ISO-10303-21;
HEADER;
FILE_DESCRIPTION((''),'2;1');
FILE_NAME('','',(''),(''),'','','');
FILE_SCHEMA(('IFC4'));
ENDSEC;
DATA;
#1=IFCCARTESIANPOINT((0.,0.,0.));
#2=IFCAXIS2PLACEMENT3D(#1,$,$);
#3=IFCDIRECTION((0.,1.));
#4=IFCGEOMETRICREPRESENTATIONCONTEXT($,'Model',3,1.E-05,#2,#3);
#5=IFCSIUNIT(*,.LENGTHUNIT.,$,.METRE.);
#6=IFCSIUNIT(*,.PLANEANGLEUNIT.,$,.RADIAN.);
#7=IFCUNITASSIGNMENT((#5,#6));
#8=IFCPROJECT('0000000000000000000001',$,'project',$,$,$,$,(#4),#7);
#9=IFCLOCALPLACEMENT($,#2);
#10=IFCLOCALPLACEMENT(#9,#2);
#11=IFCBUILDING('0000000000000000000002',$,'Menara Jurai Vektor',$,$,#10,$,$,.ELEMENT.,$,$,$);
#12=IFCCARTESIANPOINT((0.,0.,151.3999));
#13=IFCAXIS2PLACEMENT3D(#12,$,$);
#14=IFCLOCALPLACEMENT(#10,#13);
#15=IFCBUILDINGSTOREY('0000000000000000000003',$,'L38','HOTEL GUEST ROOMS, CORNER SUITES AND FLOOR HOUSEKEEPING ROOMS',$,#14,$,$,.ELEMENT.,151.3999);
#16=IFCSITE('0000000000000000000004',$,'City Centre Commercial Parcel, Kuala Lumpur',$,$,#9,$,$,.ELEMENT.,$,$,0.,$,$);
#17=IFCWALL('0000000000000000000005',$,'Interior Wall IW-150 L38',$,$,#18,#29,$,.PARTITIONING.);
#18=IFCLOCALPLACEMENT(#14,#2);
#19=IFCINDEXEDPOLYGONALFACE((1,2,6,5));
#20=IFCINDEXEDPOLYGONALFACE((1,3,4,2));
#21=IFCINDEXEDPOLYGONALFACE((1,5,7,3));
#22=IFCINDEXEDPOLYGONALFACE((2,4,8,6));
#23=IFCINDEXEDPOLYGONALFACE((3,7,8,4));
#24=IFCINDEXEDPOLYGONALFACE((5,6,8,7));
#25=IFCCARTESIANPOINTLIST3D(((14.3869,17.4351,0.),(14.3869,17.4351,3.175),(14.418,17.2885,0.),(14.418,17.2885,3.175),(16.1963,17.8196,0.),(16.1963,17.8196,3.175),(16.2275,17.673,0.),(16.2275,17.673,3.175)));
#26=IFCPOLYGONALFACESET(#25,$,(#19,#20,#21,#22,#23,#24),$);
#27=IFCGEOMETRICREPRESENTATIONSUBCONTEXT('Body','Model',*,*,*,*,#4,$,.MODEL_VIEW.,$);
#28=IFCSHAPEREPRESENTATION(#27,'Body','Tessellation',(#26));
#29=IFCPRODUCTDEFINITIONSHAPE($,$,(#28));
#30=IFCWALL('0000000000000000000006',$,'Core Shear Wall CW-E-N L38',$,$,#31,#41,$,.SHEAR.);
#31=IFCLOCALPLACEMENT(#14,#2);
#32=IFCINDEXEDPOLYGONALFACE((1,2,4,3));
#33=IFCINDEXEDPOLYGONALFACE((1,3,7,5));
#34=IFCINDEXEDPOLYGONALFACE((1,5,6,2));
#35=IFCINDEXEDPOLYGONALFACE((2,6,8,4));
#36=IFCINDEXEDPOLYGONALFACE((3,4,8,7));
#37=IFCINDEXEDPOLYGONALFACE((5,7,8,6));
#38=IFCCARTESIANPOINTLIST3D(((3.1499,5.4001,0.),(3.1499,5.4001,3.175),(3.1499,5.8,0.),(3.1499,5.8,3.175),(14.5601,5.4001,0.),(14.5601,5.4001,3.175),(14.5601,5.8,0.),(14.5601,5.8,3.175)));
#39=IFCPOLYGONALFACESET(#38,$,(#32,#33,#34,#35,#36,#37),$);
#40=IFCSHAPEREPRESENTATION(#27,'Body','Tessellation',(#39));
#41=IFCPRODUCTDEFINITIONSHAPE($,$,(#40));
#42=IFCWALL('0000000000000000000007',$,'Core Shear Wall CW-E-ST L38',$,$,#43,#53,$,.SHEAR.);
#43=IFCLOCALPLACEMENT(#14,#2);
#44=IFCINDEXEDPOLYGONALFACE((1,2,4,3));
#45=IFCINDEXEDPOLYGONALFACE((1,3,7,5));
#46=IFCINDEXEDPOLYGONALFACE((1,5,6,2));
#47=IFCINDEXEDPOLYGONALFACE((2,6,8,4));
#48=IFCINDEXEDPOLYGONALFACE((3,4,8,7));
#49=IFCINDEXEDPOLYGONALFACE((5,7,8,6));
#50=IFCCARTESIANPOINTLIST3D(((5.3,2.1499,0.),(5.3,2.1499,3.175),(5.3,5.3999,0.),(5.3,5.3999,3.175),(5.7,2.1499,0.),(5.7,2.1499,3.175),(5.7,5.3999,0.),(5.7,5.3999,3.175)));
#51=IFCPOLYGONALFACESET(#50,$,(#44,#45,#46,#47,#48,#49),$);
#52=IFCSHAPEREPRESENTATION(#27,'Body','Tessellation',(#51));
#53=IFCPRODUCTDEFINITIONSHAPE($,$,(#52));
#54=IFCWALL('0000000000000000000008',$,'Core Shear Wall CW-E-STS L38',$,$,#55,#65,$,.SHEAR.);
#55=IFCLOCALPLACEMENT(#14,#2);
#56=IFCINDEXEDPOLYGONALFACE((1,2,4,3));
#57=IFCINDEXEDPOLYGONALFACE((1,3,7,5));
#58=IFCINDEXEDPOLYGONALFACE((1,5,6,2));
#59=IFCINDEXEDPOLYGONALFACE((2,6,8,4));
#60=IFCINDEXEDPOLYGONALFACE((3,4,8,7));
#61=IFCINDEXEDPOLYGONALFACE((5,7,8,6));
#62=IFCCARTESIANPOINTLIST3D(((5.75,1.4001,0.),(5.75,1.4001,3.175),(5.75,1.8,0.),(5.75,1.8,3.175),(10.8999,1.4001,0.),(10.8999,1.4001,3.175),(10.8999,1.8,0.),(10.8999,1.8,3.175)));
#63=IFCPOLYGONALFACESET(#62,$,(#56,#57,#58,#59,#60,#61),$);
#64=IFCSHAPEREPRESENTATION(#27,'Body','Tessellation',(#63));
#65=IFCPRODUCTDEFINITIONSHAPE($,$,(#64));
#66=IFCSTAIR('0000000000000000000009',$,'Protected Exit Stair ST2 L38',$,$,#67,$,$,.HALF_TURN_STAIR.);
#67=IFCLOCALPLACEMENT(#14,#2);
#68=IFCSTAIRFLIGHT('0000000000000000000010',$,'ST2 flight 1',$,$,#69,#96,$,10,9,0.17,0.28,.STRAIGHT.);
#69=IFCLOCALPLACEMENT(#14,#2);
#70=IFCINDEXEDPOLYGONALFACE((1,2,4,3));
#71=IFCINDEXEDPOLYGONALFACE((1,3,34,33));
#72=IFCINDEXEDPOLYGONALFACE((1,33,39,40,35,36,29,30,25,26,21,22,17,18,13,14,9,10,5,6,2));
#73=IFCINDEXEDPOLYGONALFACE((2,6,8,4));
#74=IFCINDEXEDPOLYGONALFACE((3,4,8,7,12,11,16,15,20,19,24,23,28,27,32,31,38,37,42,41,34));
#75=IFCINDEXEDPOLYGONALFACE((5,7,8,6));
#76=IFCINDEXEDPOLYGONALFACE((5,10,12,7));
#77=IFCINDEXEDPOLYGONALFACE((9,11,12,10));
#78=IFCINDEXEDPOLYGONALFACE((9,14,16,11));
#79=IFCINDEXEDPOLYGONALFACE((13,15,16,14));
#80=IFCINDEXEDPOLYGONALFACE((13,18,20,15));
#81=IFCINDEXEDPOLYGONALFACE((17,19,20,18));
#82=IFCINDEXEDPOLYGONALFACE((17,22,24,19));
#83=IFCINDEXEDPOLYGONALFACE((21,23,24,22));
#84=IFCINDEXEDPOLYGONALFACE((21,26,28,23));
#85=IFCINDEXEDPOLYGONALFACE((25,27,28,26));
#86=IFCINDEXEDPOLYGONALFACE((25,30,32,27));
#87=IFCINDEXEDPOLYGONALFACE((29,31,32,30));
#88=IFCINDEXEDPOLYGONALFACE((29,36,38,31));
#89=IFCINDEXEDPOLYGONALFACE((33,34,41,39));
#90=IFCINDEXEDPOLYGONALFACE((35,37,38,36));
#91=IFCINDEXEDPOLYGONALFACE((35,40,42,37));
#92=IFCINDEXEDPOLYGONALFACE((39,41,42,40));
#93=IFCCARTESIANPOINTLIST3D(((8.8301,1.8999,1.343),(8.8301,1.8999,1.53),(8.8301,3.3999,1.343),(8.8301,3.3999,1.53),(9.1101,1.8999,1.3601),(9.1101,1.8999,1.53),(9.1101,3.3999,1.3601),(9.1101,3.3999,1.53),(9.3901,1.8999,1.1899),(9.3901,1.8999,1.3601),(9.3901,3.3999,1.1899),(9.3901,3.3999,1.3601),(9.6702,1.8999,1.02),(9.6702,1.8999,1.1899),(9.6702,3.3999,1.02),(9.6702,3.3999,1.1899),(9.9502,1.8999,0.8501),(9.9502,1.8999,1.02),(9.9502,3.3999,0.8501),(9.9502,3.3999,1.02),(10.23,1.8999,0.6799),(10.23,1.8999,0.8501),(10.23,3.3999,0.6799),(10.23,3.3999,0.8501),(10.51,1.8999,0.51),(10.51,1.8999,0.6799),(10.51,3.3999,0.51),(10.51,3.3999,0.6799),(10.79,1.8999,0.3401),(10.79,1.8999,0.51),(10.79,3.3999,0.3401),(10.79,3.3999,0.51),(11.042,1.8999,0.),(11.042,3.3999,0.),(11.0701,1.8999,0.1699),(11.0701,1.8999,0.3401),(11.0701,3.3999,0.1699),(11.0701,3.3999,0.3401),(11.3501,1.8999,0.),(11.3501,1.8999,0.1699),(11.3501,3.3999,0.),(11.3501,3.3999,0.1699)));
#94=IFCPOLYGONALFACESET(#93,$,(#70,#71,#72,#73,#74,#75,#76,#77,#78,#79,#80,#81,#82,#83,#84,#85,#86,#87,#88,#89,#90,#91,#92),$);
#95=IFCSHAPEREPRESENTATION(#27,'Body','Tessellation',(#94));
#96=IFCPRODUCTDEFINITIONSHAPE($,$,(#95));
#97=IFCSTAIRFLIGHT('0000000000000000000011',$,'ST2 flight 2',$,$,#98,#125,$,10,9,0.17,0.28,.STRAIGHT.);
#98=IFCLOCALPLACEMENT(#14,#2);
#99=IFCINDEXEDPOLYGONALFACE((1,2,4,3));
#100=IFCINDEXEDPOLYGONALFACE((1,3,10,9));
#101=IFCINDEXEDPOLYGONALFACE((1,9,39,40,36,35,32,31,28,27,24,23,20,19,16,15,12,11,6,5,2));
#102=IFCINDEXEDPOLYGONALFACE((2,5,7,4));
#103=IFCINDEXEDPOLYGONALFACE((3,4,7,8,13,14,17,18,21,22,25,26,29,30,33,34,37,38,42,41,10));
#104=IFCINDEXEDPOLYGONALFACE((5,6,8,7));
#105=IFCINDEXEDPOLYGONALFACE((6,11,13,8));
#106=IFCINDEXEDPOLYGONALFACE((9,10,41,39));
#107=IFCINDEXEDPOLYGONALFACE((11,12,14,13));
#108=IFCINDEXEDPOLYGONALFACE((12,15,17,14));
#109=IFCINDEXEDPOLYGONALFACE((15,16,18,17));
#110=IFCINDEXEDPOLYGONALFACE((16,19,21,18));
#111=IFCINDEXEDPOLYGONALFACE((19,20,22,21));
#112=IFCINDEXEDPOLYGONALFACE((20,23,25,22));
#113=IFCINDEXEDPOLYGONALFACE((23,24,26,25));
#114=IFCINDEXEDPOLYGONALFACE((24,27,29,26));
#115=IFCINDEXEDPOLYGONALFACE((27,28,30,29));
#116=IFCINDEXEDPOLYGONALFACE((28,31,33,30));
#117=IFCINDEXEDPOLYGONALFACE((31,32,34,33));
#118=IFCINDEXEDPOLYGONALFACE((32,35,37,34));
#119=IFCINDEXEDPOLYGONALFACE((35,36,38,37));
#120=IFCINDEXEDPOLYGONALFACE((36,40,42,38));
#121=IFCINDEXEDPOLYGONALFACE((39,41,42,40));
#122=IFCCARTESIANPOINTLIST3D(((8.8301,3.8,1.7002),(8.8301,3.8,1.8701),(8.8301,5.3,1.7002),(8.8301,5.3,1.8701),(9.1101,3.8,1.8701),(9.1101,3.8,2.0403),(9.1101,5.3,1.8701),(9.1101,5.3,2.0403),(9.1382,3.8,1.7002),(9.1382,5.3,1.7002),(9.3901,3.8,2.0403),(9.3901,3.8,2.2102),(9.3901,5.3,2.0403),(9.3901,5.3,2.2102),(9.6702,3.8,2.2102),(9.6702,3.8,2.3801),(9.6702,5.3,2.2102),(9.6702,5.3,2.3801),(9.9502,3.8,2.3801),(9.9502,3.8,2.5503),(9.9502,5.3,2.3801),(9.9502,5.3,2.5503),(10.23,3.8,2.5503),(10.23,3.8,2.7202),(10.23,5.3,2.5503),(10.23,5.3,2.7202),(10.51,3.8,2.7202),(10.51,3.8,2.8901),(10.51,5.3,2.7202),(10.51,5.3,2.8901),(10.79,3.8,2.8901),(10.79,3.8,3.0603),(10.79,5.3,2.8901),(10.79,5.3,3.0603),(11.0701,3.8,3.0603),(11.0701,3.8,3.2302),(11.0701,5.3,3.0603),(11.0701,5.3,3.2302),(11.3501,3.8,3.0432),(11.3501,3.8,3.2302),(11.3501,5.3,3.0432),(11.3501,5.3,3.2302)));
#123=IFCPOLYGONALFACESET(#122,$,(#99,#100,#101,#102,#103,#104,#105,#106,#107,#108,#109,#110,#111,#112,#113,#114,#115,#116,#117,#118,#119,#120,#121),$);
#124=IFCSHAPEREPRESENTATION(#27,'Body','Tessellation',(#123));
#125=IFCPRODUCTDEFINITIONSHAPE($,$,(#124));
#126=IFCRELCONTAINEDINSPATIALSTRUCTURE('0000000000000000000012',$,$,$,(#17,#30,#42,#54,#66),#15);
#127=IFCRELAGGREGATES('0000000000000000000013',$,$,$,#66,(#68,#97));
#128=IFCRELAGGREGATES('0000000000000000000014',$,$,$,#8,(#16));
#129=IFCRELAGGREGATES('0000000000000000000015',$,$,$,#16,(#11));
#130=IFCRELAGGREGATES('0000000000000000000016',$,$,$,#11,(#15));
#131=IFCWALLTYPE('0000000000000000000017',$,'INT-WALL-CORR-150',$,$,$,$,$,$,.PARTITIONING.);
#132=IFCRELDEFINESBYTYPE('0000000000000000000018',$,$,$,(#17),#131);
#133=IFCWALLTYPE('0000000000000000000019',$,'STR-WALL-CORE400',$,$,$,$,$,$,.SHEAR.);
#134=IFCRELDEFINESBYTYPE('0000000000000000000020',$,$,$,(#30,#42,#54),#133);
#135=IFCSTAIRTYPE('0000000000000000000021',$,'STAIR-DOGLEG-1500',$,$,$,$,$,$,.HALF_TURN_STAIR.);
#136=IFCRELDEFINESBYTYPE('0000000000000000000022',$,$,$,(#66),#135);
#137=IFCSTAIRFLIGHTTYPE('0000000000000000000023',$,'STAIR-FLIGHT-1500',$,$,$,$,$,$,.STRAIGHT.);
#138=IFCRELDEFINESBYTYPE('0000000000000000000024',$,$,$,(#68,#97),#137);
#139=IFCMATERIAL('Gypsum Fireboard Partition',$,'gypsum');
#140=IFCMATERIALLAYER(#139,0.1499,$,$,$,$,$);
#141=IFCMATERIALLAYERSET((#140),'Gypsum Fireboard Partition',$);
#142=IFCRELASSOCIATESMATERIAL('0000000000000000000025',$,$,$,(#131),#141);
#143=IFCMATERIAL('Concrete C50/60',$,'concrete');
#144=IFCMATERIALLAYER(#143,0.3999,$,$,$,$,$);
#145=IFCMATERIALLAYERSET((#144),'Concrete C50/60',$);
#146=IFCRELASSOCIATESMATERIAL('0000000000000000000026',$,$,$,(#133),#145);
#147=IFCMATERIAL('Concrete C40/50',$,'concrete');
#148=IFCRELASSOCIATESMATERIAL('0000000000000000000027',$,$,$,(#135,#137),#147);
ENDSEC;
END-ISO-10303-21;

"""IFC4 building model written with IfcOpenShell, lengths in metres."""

from ifc_helpers import new_model, si_unit, direction, frame, frame_2d, origin, place, context, subcontext, project, spatial, polyline, rectangle, outline, extrude, material, layer, layer_set, type_object, element, aggregate, save


model = new_model("IFC4")

# Units and contexts
model_context = context("Model", 3, precision=1e-05, world=origin(), true_north=direction((0.0, 1.0)))
body_context = subcontext(model_context, "Body", "Model", "MODEL_VIEW")
ifc_project = project(units=[si_unit("LENGTHUNIT", "METRE"), si_unit("PLANEANGLEUNIT", "RADIAN")], contexts=[model_context])

# Site, building, storey
site_placement = place(None, origin())
site = spatial("IfcSite", under=ifc_project, at=site_placement, Name="City Centre Commercial Parcel, Kuala Lumpur", CompositionType="ELEMENT", RefElevation=0.0)
building_placement = place(site_placement, origin())
building = spatial("IfcBuilding", under=site, at=building_placement, Name="Menara Jurai Vektor", CompositionType="ELEMENT")
storey_placement = place(building_placement, frame((0.0, 0.0, 151.3999)))
storey = spatial("IfcBuildingStorey", under=building, at=storey_placement, Name="L38", Description="HOTEL GUEST ROOMS, CORNER SUITES AND FLOOR HOUSEKEEPING ROOMS", CompositionType="ELEMENT", Elevation=151.3999)

# Shared definitions
ifc_material_1 = material(Name="Concrete C50/60", Category="concrete")

# Shared definitions
ifc_material_2 = material(Name="Concrete C40/50", Category="concrete")

# Shared definitions
ifc_material_3 = material(Name="Gypsum Fireboard Partition", Category="gypsum")
ifc_layer_1 = layer(ifc_material_3, 0.1499)
ifc_layer_set_1 = layer_set([ifc_layer_1], Name="Gypsum Fireboard Partition")
wall_type_1 = type_object("IfcWallType", Name="INT-WALL-CORR-150", PredefinedType="PARTITIONING", material=ifc_layer_set_1)

# Walls
wall_1_placement = place(storey_placement, frame((14.4026, 17.3618, 0.0), z_axis=(0.0, 0.0, 1.0), x_axis=(0.97816, 0.207852, 0.0)))
element("IfcWall", 1, at=wall_1_placement, inside=storey, type_object=wall_type_1, Name="Interior Wall IW-150 L38", PredefinedType="PARTITIONING", context=body_context, shape_type="SweptSolid", body=[
    extrude(rectangle(XDim=1.8499, YDim=0.1499, at=frame_2d((0.9248, 0.0))), origin(), (0.0, 0.0, 1.0), 3.175),
])
ifc_layer_2 = layer(ifc_material_1, 0.3999)
ifc_layer_set_2 = layer_set([ifc_layer_2], Name="Concrete C50/60")
wall_type_2 = type_object("IfcWallType", Name="STR-WALL-CORE400", PredefinedType="SHEAR", material=ifc_layer_set_2)
wall_2_placement = place(storey_placement, frame((3.1499, 5.6001, 0.0), z_axis=(0.0, 0.0, 1.0), x_axis=(1.0, 0.0, 0.0)))
element("IfcWall", 2, at=wall_2_placement, inside=storey, type_object=wall_type_2, Name="Core Shear Wall CW-E-N L38", PredefinedType="SHEAR", context=body_context, shape_type="SweptSolid", body=[
    extrude(rectangle(XDim=11.4102, YDim=0.3999, at=frame_2d((5.7051, 0.0))), origin(), (0.0, 0.0, 1.0), 3.175),
])
wall_3_placement = place(storey_placement, frame((5.5, 2.1499, 0.0), z_axis=(0.0, 0.0, 1.0), x_axis=(0.0, 1.0, 0.0)))
element("IfcWall", 3, at=wall_3_placement, inside=storey, type_object=wall_type_2, Name="Core Shear Wall CW-E-ST L38", PredefinedType="SHEAR", context=body_context, shape_type="SweptSolid", body=[
    extrude(rectangle(XDim=3.25, YDim=0.3999, at=frame_2d((1.625, 0.0))), origin(), (0.0, 0.0, 1.0), 3.175),
])
wall_4_placement = place(storey_placement, frame((5.75, 1.6001, 0.0), z_axis=(0.0, 0.0, 1.0), x_axis=(1.0, 0.0, 0.0)))
element("IfcWall", 4, at=wall_4_placement, inside=storey, type_object=wall_type_2, Name="Core Shear Wall CW-E-STS L38", PredefinedType="SHEAR", context=body_context, shape_type="SweptSolid", body=[
    extrude(rectangle(XDim=5.1499, YDim=0.3999, at=frame_2d((2.575, 0.0))), origin(), (0.0, 0.0, 1.0), 3.175),
])

# Stair, stair flights
stair_type = type_object("IfcStairType", Name="STAIR-DOGLEG-1500", PredefinedType="HALF_TURN_STAIR", material=ifc_material_2)
stair_placement = place(storey_placement, origin())
stair = element("IfcStair", 5, at=stair_placement, inside=storey, type_object=stair_type, Name="Protected Exit Stair ST2 L38", PredefinedType="HALF_TURN_STAIR")
stair_flight_type = type_object("IfcStairFlightType", Name="STAIR-FLIGHT-1500", PredefinedType="STRAIGHT", material=ifc_material_2)
stair_flight_1_placement = place(storey_placement, frame((11.3501, 2.6499, 0.0), z_axis=(0.0, 0.0, 1.0), x_axis=(-1.0, 0.0, 0.0)))
stair_flight_1 = element("IfcStairFlight", 6, at=stair_flight_1_placement, type_object=stair_flight_type, Name="ST2 flight 1", NumberOfRisers=10, NumberOfTreads=9, PredefinedType="STRAIGHT", RiserHeight=0.17, TreadLength=0.28, context=body_context, shape_type="SweptSolid", body=[
    extrude(outline(polyline([(0.0, 0.0), (0.0, 0.1699), (0.28, 0.1699), (0.28, 0.3401), (0.5601, 0.3401), (0.5601, 0.51), (0.8401, 0.51), (0.8401, 0.6799), (1.1201, 0.6799), (1.1201, 0.8501), (1.3999, 0.8501), (1.3999, 1.02), (1.6799, 1.02), (1.6799, 1.1899), (1.96, 1.1899), (1.96, 1.3601), (2.24, 1.3601), (2.24, 1.53), (2.52, 1.53), (2.52, 1.7), (2.52, 1.343), (0.3081, 0.0), (0.0, 0.0)])), frame((0.0, 0.75, 0.0), z_axis=(0.0, -1.0, 0.0), x_axis=(1.0, 0.0, 0.0)), (0.0, 0.0, 1.0), 1.5),
])
stair_flight_2_placement = place(storey_placement, frame((8.8301, 4.55, 1.7002), z_axis=(0.0, 0.0, 1.0), x_axis=(1.0, 0.0, 0.0)))
stair_flight_2 = element("IfcStairFlight", 7, at=stair_flight_2_placement, type_object=stair_flight_type, Name="ST2 flight 2", NumberOfRisers=10, NumberOfTreads=9, PredefinedType="STRAIGHT", RiserHeight=0.17, TreadLength=0.28, context=body_context, shape_type="SweptSolid", body=[
    extrude(outline(polyline([(0.0, 0.0), (0.0, 0.1699), (0.28, 0.1699), (0.28, 0.3401), (0.5601, 0.3401), (0.5601, 0.51), (0.8401, 0.51), (0.8401, 0.6799), (1.1201, 0.6799), (1.1201, 0.8501), (1.3999, 0.8501), (1.3999, 1.02), (1.6799, 1.02), (1.6799, 1.1899), (1.96, 1.1899), (1.96, 1.3601), (2.24, 1.3601), (2.24, 1.53), (2.52, 1.53), (2.52, 1.7), (2.52, 1.343), (0.3081, 0.0), (0.0, 0.0)])), frame((0.0, 0.75, 0.0), z_axis=(0.0, -1.0, 0.0), x_axis=(1.0, 0.0, 0.0)), (0.0, 0.0, 1.0), 1.5),
])
aggregate(stair, [stair_flight_1, stair_flight_2])

save(model, "model.ifc")
